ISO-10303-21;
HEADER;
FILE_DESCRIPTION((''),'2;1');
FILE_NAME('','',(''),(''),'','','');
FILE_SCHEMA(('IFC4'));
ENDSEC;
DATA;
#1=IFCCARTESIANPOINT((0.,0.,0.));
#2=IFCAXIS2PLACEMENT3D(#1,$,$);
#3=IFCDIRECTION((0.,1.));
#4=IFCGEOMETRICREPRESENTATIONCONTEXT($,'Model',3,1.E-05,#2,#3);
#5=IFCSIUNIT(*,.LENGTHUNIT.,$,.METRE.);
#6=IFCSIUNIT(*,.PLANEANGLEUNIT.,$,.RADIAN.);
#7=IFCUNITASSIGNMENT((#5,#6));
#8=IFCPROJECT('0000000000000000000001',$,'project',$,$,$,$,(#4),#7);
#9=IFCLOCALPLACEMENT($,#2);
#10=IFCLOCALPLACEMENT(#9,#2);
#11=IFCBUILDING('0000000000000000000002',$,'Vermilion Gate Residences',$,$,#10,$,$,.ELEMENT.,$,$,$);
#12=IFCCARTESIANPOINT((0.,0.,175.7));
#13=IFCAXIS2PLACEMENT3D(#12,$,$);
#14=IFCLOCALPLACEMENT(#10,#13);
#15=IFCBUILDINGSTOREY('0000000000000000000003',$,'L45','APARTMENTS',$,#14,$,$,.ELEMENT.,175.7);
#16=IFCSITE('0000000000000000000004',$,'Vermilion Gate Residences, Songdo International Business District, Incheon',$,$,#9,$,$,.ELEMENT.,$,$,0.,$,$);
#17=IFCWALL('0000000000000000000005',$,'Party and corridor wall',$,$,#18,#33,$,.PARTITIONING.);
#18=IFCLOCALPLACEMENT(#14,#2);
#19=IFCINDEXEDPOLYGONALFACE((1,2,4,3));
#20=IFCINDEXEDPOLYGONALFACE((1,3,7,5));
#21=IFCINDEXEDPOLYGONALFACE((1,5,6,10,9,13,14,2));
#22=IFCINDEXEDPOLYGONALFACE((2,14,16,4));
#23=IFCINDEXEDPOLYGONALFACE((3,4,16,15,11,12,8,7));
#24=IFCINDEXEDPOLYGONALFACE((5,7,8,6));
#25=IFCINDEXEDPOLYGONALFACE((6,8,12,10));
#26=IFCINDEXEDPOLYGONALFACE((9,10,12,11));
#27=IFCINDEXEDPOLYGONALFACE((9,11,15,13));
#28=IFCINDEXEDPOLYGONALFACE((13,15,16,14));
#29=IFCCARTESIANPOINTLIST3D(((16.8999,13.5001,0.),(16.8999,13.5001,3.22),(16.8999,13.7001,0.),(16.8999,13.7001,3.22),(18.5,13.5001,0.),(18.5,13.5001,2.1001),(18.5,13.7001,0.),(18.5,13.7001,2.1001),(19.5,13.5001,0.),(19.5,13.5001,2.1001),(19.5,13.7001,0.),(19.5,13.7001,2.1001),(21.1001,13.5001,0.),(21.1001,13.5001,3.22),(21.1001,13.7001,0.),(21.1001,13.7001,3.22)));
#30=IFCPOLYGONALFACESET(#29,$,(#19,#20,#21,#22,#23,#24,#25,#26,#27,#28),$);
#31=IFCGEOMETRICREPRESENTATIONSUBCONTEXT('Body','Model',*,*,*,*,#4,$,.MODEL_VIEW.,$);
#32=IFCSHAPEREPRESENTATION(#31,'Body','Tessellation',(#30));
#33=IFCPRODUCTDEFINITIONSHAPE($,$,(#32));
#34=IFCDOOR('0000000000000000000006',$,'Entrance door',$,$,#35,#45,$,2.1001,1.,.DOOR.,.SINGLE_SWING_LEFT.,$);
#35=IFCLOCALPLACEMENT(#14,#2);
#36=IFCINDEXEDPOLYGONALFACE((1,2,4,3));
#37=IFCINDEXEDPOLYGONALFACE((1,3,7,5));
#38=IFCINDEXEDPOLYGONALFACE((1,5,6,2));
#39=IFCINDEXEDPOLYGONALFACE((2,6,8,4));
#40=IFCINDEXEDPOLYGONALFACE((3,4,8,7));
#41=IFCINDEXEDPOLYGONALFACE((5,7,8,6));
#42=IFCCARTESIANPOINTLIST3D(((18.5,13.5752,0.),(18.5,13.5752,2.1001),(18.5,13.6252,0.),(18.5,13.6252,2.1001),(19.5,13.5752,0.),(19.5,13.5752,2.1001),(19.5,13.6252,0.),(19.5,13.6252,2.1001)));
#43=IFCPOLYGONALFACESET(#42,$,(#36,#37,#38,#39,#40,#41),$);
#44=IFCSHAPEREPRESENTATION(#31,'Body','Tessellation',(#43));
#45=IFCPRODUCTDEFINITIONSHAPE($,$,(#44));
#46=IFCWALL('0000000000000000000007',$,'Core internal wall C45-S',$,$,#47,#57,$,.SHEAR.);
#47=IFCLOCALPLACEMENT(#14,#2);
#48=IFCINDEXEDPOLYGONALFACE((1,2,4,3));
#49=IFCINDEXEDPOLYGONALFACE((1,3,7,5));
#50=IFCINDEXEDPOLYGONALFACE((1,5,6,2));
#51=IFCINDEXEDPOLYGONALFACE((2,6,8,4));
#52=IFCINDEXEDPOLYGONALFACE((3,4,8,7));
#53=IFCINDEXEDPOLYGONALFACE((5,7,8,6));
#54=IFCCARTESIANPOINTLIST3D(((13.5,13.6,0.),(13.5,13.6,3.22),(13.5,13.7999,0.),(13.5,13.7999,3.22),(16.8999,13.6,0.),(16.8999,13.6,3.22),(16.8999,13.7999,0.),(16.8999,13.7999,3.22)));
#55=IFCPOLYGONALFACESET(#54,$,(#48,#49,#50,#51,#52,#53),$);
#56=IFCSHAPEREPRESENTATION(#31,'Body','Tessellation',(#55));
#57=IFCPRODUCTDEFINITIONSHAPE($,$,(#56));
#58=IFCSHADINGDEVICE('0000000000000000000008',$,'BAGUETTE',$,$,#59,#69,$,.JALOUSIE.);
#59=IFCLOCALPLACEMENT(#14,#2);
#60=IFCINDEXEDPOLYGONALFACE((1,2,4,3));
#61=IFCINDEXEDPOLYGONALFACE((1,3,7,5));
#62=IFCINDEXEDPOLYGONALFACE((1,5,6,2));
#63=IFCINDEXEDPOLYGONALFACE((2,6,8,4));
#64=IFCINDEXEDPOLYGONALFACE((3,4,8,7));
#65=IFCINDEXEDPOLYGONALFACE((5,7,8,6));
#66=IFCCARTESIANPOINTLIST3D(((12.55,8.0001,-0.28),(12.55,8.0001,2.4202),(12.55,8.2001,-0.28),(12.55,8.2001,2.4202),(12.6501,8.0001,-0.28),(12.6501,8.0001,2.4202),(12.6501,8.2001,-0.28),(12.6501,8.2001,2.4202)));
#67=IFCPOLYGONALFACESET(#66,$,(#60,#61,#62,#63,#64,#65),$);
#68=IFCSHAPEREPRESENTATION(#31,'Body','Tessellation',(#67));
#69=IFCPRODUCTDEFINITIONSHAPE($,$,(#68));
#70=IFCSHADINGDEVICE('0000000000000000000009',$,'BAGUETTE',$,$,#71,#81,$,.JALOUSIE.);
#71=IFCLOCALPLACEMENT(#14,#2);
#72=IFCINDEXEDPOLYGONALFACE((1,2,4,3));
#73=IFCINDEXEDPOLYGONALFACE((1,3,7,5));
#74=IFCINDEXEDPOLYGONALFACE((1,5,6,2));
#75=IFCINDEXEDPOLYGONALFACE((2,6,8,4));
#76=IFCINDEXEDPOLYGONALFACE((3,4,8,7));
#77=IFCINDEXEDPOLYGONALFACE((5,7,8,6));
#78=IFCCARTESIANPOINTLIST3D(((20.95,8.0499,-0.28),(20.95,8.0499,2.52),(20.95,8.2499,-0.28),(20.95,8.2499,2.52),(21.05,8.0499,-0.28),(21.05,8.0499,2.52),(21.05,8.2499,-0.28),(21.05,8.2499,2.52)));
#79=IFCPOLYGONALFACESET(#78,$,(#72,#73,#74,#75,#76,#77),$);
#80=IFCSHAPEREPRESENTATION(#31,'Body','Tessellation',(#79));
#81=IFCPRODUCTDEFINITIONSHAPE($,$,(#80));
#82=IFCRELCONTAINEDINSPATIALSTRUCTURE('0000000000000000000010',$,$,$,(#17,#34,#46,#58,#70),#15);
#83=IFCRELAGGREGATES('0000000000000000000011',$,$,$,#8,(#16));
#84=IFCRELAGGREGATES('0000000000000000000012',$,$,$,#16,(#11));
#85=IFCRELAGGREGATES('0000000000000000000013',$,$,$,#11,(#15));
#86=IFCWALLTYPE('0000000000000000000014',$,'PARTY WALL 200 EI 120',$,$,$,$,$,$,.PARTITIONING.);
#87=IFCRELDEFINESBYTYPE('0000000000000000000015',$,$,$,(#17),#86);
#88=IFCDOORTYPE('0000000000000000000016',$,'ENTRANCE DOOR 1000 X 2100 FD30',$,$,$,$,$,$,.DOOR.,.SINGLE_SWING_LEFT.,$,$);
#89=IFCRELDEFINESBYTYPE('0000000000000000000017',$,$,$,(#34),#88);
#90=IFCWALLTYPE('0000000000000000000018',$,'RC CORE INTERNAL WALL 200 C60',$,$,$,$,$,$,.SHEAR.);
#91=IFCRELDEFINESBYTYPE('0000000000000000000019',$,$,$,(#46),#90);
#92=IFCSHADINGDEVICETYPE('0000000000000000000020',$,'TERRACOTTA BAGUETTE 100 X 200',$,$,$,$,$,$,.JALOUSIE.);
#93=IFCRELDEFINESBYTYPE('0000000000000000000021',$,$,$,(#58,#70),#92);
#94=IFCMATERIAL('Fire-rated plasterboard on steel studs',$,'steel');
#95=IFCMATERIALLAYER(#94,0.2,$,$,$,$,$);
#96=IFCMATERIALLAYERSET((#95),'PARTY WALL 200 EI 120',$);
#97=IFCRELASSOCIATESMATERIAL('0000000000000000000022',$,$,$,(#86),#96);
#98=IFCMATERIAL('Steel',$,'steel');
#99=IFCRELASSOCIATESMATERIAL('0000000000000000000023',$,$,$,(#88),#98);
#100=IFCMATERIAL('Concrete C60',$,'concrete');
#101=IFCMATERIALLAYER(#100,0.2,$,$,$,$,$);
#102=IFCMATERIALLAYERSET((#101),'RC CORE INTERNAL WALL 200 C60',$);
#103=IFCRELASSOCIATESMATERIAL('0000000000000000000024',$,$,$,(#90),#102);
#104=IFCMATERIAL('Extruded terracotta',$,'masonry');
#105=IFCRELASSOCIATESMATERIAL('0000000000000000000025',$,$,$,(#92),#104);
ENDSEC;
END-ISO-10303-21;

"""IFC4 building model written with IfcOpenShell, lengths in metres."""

from ifc_helpers import new_model, si_unit, direction, frame, frame_2d, origin, origin_2d, place, context, subcontext, project, spatial, rectangle, extrude, material, layer, layer_set, material_profile, profile_set, type_object, element, fill, save


model = new_model("IFC4")

# Units and contexts
model_context = context("Model", 3, precision=1e-05, world=origin(), true_north=direction((0.0, 1.0)))
body_context = subcontext(model_context, "Body", "Model", "MODEL_VIEW")
ifc_project = project(units=[si_unit("LENGTHUNIT", "METRE"), si_unit("PLANEANGLEUNIT", "RADIAN")], contexts=[model_context])

# Site, building, storey
site_placement = place(None, origin())
site = spatial("IfcSite", under=ifc_project, at=site_placement, Name="Vermilion Gate Residences, Songdo International Business District, Incheon", CompositionType="ELEMENT", RefElevation=0.0)
building_placement = place(site_placement, origin())
building = spatial("IfcBuilding", under=site, at=building_placement, Name="Vermilion Gate Residences", CompositionType="ELEMENT")
storey_placement = place(building_placement, frame((0.0, 0.0, 175.7)))
storey = spatial("IfcBuildingStorey", under=building, at=storey_placement, Name="L45", Description="APARTMENTS", CompositionType="ELEMENT", Elevation=175.7)

# Wall, opening, door
ifc_material_1 = material(Name="Fire-rated plasterboard on steel studs", Category="steel")
ifc_layer_1 = layer(ifc_material_1, 0.2)
ifc_layer_set_1 = layer_set([ifc_layer_1], Name="PARTY WALL 200 EI 120")
wall_type_1 = type_object("IfcWallType", Name="PARTY WALL 200 EI 120", PredefinedType="PARTITIONING", material=ifc_layer_set_1)
wall_1_placement = place(storey_placement, frame((16.8999, 13.6001, 0.0), z_axis=(0.0, 0.0, 1.0), x_axis=(1.0, 0.0, 0.0)))
wall_1 = element("IfcWall", 1, at=wall_1_placement, inside=storey, type_object=wall_type_1, Name="Party and corridor wall", PredefinedType="PARTITIONING", context=body_context, shape_type="SweptSolid", body=[
    extrude(rectangle(XDim=4.2002, YDim=0.2, at=frame_2d((2.1001, 0.0))), origin(), (0.0, 0.0, 1.0), 3.22),
])
opening_1_placement = place(wall_1_placement, frame((1.6001, 0.0, 0.0)))
opening_1 = element("IfcOpeningElement", 2, at=opening_1_placement, cuts=wall_1, PredefinedType="OPENING", context=body_context, shape_type="SweptSolid", body=[
    extrude(rectangle(XDim=1.0, YDim=2.1001, at=frame_2d((0.5, 1.05))), frame((0.0, 0.1099, 0.0), z_axis=(0.0, -1.0, 0.0), x_axis=(1.0, 0.0, 0.0)), (0.0, 0.0, 1.0), 0.22),
])
ifc_material_2 = material(Name="Steel", Category="steel")
door_type_1 = type_object("IfcDoorType", Name="ENTRANCE DOOR 1000 X 2100 FD30", OperationType="SINGLE_SWING_LEFT", PredefinedType="DOOR", material=ifc_material_2)
door_1_placement = place(opening_1_placement, frame((1.0, 0.0, 0.0), z_axis=(0.0, 0.0, 1.0), x_axis=(-1.0, 0.0, 0.0)))
door_1 = element("IfcDoor", 3, at=door_1_placement, inside=storey, type_object=door_type_1, Name="Entrance door", OperationType="SINGLE_SWING_LEFT", OverallHeight=2.1001, OverallWidth=1.0, PredefinedType="DOOR", context=body_context, shape_type="SweptSolid", body=[
    extrude(rectangle(XDim=1.0, YDim=2.1001, at=frame_2d((0.5, 1.05))), frame((0.0, 0.0249, 0.0), z_axis=(0.0, -1.0, 0.0), x_axis=(1.0, 0.0, 0.0)), (0.0, 0.0, 1.0), 0.05),
])
fill(opening_1, door_1)

# Wall
ifc_material_3 = material(Name="Concrete C60", Category="concrete")
ifc_layer_2 = layer(ifc_material_3, 0.2)
ifc_layer_set_2 = layer_set([ifc_layer_2], Name="RC CORE INTERNAL WALL 200 C60")
wall_type_2 = type_object("IfcWallType", Name="RC CORE INTERNAL WALL 200 C60", PredefinedType="SHEAR", material=ifc_layer_set_2)
wall_2_placement = place(storey_placement, frame((13.5, 13.7, 0.0), z_axis=(0.0, 0.0, 1.0), x_axis=(1.0, 0.0, 0.0)))
element("IfcWall", 4, at=wall_2_placement, inside=storey, type_object=wall_type_2, Name="Core internal wall C45-S", PredefinedType="SHEAR", context=body_context, shape_type="SweptSolid", body=[
    extrude(rectangle(XDim=3.3999, YDim=0.2, at=frame_2d((1.7, 0.0))), origin(), (0.0, 0.0, 1.0), 3.22),
])

# Shading devices
ifc_material_4 = material(Name="Extruded terracotta", Category="masonry")
ifc_material_profile_1 = material_profile(ifc_material_4, rectangle(XDim=0.2, YDim=0.1001, at=origin_2d()), Name="BAGUETTE 100 X 200")
ifc_profile_set_1 = profile_set([ifc_material_profile_1], Name="Extruded terracotta")
shading_device_type = type_object("IfcShadingDeviceType", Name="TERRACOTTA BAGUETTE 100 X 200", PredefinedType="JALOUSIE", material=ifc_profile_set_1)
shading_device_1_placement = place(storey_placement, frame((12.6001, 8.1001, -0.28), z_axis=(0.0, 0.0, 1.0), x_axis=(0.0, 1.0, 0.0)))
element("IfcShadingDevice", 5, at=shading_device_1_placement, inside=storey, type_object=shading_device_type, Name="BAGUETTE", PredefinedType="JALOUSIE", context=body_context, shape_type="SweptSolid", body=[
    extrude(rectangle(XDim=0.2, YDim=0.1001, at=origin_2d()), origin(), (0.0, 0.0, 1.0), 2.7002),
])
shading_device_2_placement = place(storey_placement, frame((21.0, 8.1499, -0.28), z_axis=(0.0, 0.0, 1.0), x_axis=(0.0, 1.0, 0.0)))
element("IfcShadingDevice", 6, at=shading_device_2_placement, inside=storey, type_object=shading_device_type, Name="BAGUETTE", PredefinedType="JALOUSIE", context=body_context, shape_type="SweptSolid", body=[
    extrude(rectangle(XDim=0.2, YDim=0.1001, at=origin_2d()), origin(), (0.0, 0.0, 1.0), 2.8),
])

save(model, "model.ifc")
